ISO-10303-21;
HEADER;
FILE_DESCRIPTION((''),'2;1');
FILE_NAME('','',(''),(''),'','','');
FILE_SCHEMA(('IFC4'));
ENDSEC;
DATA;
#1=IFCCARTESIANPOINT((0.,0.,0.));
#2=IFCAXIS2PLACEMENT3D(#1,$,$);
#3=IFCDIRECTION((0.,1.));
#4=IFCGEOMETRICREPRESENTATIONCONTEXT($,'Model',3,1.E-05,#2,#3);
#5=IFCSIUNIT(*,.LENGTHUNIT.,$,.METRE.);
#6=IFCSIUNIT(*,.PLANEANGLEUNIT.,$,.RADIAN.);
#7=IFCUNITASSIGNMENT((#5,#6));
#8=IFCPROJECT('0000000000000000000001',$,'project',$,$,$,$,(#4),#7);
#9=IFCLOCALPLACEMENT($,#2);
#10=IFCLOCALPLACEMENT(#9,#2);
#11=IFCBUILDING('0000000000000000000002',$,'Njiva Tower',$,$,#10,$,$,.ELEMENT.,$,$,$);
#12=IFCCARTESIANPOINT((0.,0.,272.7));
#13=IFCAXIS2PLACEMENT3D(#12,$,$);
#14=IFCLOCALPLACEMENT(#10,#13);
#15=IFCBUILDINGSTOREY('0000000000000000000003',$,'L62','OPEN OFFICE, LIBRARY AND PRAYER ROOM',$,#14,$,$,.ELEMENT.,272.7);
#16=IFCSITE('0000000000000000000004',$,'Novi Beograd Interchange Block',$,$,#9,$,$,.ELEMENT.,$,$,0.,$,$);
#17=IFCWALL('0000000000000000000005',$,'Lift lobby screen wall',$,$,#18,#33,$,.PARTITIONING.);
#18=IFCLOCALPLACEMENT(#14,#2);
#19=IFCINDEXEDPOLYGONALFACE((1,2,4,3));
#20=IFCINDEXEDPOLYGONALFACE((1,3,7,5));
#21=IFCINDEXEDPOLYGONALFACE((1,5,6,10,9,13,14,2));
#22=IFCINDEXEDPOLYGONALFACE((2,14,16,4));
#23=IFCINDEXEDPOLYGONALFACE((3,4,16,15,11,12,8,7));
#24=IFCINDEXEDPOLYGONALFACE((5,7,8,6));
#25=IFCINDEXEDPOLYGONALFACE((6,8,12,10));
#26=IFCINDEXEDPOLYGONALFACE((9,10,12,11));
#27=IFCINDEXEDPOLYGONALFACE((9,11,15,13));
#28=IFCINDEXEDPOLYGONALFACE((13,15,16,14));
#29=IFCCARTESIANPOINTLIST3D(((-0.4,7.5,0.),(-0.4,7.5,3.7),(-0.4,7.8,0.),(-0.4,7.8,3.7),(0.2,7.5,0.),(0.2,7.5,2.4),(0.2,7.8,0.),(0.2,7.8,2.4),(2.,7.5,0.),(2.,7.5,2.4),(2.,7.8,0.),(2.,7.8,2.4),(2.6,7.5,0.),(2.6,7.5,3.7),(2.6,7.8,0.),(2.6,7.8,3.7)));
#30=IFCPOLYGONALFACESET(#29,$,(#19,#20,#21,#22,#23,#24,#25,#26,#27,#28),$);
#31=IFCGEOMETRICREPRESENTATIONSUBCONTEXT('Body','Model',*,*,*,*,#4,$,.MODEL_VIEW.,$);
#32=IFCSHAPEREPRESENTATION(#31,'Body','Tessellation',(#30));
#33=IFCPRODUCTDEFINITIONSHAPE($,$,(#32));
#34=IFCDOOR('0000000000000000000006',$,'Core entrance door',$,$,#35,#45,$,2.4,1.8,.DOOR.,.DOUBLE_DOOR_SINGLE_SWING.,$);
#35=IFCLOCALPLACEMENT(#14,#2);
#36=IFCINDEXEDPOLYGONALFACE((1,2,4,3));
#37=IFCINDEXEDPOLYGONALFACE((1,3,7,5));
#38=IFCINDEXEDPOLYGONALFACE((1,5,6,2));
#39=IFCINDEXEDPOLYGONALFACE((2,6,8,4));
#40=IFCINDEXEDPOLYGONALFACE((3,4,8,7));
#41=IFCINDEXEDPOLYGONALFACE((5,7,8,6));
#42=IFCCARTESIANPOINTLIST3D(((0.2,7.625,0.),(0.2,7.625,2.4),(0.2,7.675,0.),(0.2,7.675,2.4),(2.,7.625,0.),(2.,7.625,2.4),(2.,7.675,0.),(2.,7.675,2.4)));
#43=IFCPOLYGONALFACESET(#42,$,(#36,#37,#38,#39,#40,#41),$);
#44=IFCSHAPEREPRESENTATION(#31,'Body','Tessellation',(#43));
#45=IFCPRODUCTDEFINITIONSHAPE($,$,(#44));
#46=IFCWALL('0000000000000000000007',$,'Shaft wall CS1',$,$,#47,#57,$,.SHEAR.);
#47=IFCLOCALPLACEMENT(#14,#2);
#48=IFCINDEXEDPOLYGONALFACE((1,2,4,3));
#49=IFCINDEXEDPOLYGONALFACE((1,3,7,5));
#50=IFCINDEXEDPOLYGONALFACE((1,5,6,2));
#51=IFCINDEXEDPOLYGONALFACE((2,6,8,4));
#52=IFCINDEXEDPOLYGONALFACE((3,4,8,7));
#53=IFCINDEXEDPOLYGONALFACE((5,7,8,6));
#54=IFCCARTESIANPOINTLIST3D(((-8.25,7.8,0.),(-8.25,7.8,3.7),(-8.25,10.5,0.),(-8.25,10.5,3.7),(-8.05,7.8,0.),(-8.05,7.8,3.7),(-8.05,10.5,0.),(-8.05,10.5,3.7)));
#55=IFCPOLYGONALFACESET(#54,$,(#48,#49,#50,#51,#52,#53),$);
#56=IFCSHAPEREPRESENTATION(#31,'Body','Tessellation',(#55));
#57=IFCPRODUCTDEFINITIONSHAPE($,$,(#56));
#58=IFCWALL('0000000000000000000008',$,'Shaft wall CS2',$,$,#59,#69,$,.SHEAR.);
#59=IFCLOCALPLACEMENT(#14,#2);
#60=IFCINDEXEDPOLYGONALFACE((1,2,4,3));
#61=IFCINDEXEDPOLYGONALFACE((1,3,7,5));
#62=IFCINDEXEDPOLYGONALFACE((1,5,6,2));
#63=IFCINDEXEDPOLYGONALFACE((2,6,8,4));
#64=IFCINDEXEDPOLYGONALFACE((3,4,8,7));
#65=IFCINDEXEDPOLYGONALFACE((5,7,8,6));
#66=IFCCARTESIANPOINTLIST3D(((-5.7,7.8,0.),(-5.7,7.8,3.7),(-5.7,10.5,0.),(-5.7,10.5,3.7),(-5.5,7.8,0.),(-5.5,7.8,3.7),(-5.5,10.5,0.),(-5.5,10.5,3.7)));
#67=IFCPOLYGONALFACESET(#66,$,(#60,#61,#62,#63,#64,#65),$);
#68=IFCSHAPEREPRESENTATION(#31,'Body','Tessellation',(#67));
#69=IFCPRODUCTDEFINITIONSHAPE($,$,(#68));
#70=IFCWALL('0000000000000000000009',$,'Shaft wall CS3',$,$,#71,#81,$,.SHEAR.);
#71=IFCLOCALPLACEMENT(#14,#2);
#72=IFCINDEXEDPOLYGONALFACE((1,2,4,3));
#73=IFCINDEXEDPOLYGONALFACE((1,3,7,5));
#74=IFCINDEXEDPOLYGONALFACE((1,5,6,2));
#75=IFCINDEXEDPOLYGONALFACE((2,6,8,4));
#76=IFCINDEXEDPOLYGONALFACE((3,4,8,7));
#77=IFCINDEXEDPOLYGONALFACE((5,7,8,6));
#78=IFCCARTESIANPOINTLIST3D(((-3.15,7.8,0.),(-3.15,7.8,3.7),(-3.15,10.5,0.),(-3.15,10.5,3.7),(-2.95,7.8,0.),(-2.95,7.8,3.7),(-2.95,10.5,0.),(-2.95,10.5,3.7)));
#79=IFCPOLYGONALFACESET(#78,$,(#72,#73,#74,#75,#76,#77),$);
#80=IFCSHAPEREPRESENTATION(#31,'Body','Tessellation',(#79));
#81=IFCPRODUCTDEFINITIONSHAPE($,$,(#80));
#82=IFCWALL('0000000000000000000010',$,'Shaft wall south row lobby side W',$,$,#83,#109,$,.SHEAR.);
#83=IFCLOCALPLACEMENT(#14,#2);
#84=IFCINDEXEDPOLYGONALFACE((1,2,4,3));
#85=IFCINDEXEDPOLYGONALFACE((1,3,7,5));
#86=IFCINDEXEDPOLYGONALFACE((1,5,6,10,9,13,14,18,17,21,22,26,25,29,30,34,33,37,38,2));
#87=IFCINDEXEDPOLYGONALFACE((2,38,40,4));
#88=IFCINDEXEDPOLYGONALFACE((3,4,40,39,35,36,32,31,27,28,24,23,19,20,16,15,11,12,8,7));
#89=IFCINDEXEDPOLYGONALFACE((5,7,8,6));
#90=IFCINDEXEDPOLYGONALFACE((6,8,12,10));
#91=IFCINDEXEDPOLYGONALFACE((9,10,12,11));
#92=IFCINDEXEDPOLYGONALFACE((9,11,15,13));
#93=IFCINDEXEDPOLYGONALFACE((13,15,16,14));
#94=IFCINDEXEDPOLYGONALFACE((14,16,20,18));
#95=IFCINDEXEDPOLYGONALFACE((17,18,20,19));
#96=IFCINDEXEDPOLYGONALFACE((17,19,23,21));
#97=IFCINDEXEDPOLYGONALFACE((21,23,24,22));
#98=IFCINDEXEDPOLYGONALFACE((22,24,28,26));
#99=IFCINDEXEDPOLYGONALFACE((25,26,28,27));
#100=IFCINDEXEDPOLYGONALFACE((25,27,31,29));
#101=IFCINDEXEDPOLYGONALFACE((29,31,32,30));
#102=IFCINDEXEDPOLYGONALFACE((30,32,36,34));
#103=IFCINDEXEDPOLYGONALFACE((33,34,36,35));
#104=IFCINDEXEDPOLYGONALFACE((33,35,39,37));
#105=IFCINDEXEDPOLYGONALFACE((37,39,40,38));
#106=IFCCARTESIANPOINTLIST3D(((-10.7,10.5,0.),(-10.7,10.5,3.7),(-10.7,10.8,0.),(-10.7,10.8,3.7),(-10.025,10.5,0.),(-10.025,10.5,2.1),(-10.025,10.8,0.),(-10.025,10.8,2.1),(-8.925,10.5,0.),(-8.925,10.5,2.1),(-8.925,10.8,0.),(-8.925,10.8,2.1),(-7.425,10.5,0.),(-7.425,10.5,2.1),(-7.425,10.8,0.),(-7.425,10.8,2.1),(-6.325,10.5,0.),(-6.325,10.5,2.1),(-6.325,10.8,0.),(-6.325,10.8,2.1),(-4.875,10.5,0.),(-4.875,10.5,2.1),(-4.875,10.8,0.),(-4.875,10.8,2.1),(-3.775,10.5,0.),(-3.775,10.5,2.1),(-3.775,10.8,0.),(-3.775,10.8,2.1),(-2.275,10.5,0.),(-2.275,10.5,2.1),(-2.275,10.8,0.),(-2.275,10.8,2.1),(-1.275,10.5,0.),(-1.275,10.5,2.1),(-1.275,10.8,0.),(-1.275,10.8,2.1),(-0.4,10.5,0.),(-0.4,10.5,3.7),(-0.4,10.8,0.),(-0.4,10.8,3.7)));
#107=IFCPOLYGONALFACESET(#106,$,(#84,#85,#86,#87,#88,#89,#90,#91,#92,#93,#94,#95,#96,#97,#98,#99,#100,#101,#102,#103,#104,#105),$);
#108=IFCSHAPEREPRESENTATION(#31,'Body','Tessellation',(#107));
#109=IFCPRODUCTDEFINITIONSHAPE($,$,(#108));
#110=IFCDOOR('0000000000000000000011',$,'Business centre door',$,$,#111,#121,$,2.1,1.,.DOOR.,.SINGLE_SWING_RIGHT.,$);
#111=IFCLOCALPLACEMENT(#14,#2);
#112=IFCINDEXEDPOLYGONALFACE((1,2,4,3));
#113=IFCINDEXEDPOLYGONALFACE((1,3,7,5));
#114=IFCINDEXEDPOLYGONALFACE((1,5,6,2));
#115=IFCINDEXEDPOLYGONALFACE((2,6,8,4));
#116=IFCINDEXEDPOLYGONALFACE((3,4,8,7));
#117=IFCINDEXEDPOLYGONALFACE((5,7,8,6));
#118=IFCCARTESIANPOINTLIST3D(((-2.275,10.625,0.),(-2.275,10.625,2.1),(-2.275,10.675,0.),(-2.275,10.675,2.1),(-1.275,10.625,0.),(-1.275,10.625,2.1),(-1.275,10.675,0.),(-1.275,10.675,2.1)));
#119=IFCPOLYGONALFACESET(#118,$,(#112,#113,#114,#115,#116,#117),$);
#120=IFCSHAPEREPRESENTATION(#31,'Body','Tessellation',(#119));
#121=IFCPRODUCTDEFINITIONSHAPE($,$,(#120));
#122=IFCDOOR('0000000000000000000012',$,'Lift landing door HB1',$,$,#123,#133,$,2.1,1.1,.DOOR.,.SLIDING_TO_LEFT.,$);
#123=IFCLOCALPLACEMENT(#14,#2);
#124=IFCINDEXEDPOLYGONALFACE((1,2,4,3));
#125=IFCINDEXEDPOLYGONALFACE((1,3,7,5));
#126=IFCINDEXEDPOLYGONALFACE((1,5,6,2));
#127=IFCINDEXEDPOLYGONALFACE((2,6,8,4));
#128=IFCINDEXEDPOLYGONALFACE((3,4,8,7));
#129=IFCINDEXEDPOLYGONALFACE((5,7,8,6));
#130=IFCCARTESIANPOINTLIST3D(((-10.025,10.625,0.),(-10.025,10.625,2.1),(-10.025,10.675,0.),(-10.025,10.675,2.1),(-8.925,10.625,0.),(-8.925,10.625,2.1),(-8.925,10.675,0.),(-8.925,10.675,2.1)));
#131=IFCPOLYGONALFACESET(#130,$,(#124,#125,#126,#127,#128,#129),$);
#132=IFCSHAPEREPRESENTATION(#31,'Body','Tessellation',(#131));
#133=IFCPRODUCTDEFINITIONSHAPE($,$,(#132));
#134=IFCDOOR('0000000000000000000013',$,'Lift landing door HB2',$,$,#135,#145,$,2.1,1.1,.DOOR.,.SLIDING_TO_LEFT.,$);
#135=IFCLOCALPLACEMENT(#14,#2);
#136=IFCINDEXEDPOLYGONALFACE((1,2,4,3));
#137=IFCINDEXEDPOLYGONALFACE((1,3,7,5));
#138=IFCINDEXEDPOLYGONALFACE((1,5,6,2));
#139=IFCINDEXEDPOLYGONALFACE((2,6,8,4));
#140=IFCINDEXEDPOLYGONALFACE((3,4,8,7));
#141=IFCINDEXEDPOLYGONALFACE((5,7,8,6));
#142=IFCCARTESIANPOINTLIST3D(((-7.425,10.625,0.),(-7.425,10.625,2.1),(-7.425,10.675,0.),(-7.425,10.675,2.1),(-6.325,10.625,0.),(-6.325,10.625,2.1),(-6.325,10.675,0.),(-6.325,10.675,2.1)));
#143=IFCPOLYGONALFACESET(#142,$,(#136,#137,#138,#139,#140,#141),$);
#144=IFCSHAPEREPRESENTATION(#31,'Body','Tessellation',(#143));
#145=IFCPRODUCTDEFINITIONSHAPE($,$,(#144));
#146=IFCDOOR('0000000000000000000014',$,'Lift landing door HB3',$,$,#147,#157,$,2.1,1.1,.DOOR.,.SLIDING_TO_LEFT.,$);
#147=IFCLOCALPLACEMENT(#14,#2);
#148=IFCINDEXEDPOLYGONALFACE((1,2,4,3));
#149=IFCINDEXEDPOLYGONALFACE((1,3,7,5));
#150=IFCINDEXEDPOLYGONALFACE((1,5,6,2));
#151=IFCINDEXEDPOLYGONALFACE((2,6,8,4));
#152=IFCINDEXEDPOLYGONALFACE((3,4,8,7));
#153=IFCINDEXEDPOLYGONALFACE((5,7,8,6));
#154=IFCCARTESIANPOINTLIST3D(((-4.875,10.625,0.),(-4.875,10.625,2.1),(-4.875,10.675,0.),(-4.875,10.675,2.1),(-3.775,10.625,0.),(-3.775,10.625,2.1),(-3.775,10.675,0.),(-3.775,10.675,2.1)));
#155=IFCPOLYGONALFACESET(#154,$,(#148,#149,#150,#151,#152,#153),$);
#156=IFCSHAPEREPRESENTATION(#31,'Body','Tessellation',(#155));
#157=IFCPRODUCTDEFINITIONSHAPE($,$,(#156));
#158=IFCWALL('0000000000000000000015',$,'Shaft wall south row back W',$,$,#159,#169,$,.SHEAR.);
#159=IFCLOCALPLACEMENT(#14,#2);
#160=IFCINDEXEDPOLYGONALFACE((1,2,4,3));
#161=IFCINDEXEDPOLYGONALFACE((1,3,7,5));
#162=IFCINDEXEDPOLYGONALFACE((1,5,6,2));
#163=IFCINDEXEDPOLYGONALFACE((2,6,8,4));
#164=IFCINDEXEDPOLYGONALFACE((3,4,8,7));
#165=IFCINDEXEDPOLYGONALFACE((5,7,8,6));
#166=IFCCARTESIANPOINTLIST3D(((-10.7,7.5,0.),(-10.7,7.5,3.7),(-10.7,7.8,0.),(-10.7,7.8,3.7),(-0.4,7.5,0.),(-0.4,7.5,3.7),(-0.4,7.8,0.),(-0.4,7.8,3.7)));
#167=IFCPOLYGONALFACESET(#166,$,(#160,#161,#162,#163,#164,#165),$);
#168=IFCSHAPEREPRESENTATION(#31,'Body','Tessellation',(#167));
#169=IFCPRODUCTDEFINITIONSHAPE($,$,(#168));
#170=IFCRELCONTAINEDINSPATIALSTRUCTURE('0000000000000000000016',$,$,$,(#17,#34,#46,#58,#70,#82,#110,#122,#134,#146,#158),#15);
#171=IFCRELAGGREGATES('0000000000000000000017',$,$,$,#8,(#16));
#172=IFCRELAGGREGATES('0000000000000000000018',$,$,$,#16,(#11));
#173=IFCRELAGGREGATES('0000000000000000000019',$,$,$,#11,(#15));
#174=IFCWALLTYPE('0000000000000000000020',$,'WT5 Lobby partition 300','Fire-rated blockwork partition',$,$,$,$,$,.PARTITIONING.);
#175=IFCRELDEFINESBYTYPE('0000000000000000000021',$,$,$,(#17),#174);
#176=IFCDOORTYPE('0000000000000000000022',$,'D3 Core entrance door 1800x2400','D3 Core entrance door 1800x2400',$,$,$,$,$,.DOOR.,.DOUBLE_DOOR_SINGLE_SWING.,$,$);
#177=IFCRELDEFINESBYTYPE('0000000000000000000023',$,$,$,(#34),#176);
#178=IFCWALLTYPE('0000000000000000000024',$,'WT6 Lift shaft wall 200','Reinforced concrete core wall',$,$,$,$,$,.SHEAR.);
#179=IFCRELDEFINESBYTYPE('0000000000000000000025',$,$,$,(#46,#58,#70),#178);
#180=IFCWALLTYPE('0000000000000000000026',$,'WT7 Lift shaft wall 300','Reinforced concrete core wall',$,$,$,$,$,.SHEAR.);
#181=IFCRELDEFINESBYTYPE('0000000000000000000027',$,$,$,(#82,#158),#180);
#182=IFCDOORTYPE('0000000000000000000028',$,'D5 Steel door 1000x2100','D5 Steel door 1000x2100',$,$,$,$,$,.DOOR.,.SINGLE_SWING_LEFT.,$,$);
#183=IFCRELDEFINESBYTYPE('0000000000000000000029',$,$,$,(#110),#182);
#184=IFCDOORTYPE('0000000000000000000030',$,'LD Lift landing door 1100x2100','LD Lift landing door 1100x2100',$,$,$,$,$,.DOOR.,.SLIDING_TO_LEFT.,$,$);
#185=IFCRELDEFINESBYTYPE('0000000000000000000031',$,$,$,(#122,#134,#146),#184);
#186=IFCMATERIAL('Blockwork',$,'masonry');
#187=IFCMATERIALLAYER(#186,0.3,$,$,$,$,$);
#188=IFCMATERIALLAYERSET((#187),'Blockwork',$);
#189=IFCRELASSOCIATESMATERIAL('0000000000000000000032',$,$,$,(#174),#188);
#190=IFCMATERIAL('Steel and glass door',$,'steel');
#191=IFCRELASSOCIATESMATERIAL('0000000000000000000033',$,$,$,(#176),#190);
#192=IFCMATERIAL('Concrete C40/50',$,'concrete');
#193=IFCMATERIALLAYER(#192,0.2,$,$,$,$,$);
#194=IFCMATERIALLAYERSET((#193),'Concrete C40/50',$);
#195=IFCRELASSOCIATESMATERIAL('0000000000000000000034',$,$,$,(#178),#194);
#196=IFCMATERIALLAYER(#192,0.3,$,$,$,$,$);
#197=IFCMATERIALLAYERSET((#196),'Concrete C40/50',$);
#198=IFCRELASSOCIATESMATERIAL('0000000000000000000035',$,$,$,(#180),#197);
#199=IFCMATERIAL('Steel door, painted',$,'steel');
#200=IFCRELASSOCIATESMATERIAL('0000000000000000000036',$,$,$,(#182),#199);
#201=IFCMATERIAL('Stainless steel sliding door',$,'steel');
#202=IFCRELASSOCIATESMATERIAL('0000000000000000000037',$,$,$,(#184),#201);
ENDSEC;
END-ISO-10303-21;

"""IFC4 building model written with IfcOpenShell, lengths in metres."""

from ifc_helpers import new_model, si_unit, direction, frame, frame_2d, origin, place, context, subcontext, project, spatial, rectangle, extrude, material, layer, layer_set, type_object, element, fill, save


model = new_model("IFC4")

# Units and contexts
model_context = context("Model", 3, precision=1e-05, world=origin(), true_north=direction((0.0, 1.0)))
body_context = subcontext(model_context, "Body", "Model", "MODEL_VIEW")
ifc_project = project(units=[si_unit("LENGTHUNIT", "METRE"), si_unit("PLANEANGLEUNIT", "RADIAN")], contexts=[model_context])

# Site, building, storey
site_placement = place(None, origin())
site = spatial("IfcSite", under=ifc_project, at=site_placement, Name="Novi Beograd Interchange Block", CompositionType="ELEMENT", RefElevation=0.0)
building_placement = place(site_placement, origin())
building = spatial("IfcBuilding", under=site, at=building_placement, Name="Njiva Tower", CompositionType="ELEMENT")
storey_placement = place(building_placement, frame((0.0, 0.0, 272.7)))
storey = spatial("IfcBuildingStorey", under=building, at=storey_placement, Name="L62", Description="OPEN OFFICE, LIBRARY AND PRAYER ROOM", CompositionType="ELEMENT", Elevation=272.7)

# Shared definitions
ifc_material_1 = material(Name="Blockwork", Category="masonry")

# Shared definitions
ifc_material_2 = material(Name="Concrete C40/50", Category="concrete")
ifc_material_3 = material(Name="Steel door, painted", Category="steel")

# Wall, opening, door
ifc_layer_1 = layer(ifc_material_1, 0.3)
ifc_layer_set_1 = layer_set([ifc_layer_1], Name="Blockwork")
wall_type_1 = type_object("IfcWallType", Name="WT5 Lobby partition 300", Description="Fire-rated blockwork partition", PredefinedType="PARTITIONING", material=ifc_layer_set_1)
wall_1_placement = place(storey_placement, frame((-0.4, 7.65, 0.0), z_axis=(0.0, 0.0, 1.0), x_axis=(1.0, 0.0, 0.0)))
wall_1 = element("IfcWall", 1, at=wall_1_placement, inside=storey, type_object=wall_type_1, Name="Lift lobby screen wall", PredefinedType="PARTITIONING", context=body_context, shape_type="SweptSolid", body=[
    extrude(rectangle(XDim=3.0, YDim=0.3, at=frame_2d((1.5, 0.0))), origin(), (0.0, 0.0, 1.0), 3.7),
])
opening_1_placement = place(wall_1_placement, frame((0.6, 0.0, 0.0)))
opening_1 = element("IfcOpeningElement", 2, at=opening_1_placement, cuts=wall_1, PredefinedType="OPENING", context=body_context, shape_type="SweptSolid", body=[
    extrude(rectangle(XDim=1.8, YDim=2.4, at=frame_2d((0.9, 1.2))), frame((0.0, 0.16, 0.0), z_axis=(0.0, -1.0, 0.0), x_axis=(1.0, 0.0, 0.0)), (0.0, 0.0, 1.0), 0.32),
])
ifc_material_4 = material(Name="Steel and glass door", Category="steel")
door_type_1 = type_object("IfcDoorType", Name="D3 Core entrance door 1800x2400", Description="D3 Core entrance door 1800x2400", OperationType="DOUBLE_DOOR_SINGLE_SWING", PredefinedType="DOOR", material=ifc_material_4)
door_1_placement = place(opening_1_placement, origin())
door_1 = element("IfcDoor", 3, at=door_1_placement, inside=storey, type_object=door_type_1, Name="Core entrance door", OperationType="DOUBLE_DOOR_SINGLE_SWING", OverallHeight=2.4, OverallWidth=1.8, PredefinedType="DOOR", context=body_context, shape_type="SweptSolid", body=[
    extrude(rectangle(XDim=1.8, YDim=2.4, at=frame_2d((0.9, 1.2))), frame((0.0, 0.025, 0.0), z_axis=(0.0, -1.0, 0.0), x_axis=(1.0, 0.0, 0.0)), (0.0, 0.0, 1.0), 0.05),
])
fill(opening_1, door_1)

# Walls
ifc_layer_2 = layer(ifc_material_2, 0.2)
ifc_layer_set_2 = layer_set([ifc_layer_2], Name="Concrete C40/50")
wall_type_2 = type_object("IfcWallType", Name="WT6 Lift shaft wall 200", Description="Reinforced concrete core wall", PredefinedType="SHEAR", material=ifc_layer_set_2)
for number, where, z_axis, x_axis, name in (
    (4, (-8.15, 7.8, 0.0), (0.0, 0.0, 1.0), (0.0, 1.0, 0.0), "Shaft wall CS1"),
    (5, (-5.6, 7.8, 0.0), (0.0, 0.0, 1.0), (0.0, 1.0, 0.0), "Shaft wall CS2"),
    (6, (-3.05, 7.8, 0.0), (0.0, 0.0, 1.0), (0.0, 1.0, 0.0), "Shaft wall CS3"),
):
    element("IfcWall", number, at=place(storey_placement, frame(where, z_axis=z_axis, x_axis=x_axis)), inside=storey, type_object=wall_type_2, Name=name, PredefinedType="SHEAR", context=body_context, shape_type="SweptSolid", body=[
        extrude(rectangle(XDim=2.7, YDim=0.2, at=frame_2d((1.35, 0.0))), origin(), (0.0, 0.0, 1.0), 3.7),
    ])

# Wall, openings, doors
ifc_layer_3 = layer(ifc_material_2, 0.3)
ifc_layer_set_3 = layer_set([ifc_layer_3], Name="Concrete C40/50")
wall_type_3 = type_object("IfcWallType", Name="WT7 Lift shaft wall 300", Description="Reinforced concrete core wall", PredefinedType="SHEAR", material=ifc_layer_set_3)
wall_2_placement = place(storey_placement, frame((-10.7, 10.65, 0.0), z_axis=(0.0, 0.0, 1.0), x_axis=(1.0, 0.0, 0.0)))
wall_2 = element("IfcWall", 7, at=wall_2_placement, inside=storey, type_object=wall_type_3, Name="Shaft wall south row lobby side W", PredefinedType="SHEAR", context=body_context, shape_type="SweptSolid", body=[
    extrude(rectangle(XDim=10.3, YDim=0.3, at=frame_2d((5.15, 0.0))), origin(), (0.0, 0.0, 1.0), 3.7),
])
opening_2_placement = place(wall_2_placement, frame((0.675, 0.0, 0.0)))
opening_2 = element("IfcOpeningElement", 8, at=opening_2_placement, cuts=wall_2, PredefinedType="OPENING", context=body_context, shape_type="SweptSolid", body=[
    extrude(rectangle(XDim=1.1, YDim=2.1, at=frame_2d((0.55, 1.05))), frame((0.0, 0.16, 0.0), z_axis=(0.0, -1.0, 0.0), x_axis=(1.0, 0.0, 0.0)), (0.0, 0.0, 1.0), 0.32),
])
opening_3_placement = place(wall_2_placement, frame((3.275, 0.0, 0.0)))
opening_3 = element("IfcOpeningElement", 9, at=opening_3_placement, cuts=wall_2, PredefinedType="OPENING", context=body_context, shape_type="SweptSolid", body=[
    extrude(rectangle(XDim=1.1, YDim=2.1, at=frame_2d((0.55, 1.05))), frame((0.0, 0.16, 0.0), z_axis=(0.0, -1.0, 0.0), x_axis=(1.0, 0.0, 0.0)), (0.0, 0.0, 1.0), 0.32),
])
opening_4_placement = place(wall_2_placement, frame((5.825, 0.0, 0.0)))
opening_4 = element("IfcOpeningElement", 10, at=opening_4_placement, cuts=wall_2, PredefinedType="OPENING", context=body_context, shape_type="SweptSolid", body=[
    extrude(rectangle(XDim=1.1, YDim=2.1, at=frame_2d((0.55, 1.05))), frame((0.0, 0.16, 0.0), z_axis=(0.0, -1.0, 0.0), x_axis=(1.0, 0.0, 0.0)), (0.0, 0.0, 1.0), 0.32),
])
opening_5_placement = place(wall_2_placement, frame((8.425, 0.0, 0.0)))
opening_5 = element("IfcOpeningElement", 11, at=opening_5_placement, cuts=wall_2, PredefinedType="OPENING", context=body_context, shape_type="SweptSolid", body=[
    extrude(rectangle(XDim=1.0, YDim=2.1, at=frame_2d((0.5, 1.05))), frame((0.0, 0.16, 0.0), z_axis=(0.0, -1.0, 0.0), x_axis=(1.0, 0.0, 0.0)), (0.0, 0.0, 1.0), 0.32),
])
door_type_2 = type_object("IfcDoorType", Name="D5 Steel door 1000x2100", Description="D5 Steel door 1000x2100", OperationType="SINGLE_SWING_LEFT", PredefinedType="DOOR", material=ifc_material_3)
door_2_placement = place(opening_5_placement, origin())
door_2 = element("IfcDoor", 12, at=door_2_placement, inside=storey, type_object=door_type_2, Name="Business centre door", OperationType="SINGLE_SWING_RIGHT", OverallHeight=2.1, OverallWidth=1.0, PredefinedType="DOOR", context=body_context, shape_type="SweptSolid", body=[
    extrude(rectangle(XDim=1.0, YDim=2.1, at=frame_2d((0.5, 1.05))), frame((0.0, 0.025, 0.0), z_axis=(0.0, -1.0, 0.0), x_axis=(1.0, 0.0, 0.0)), (0.0, 0.0, 1.0), 0.05),
])
fill(opening_5, door_2)
ifc_material_5 = material(Name="Stainless steel sliding door", Category="steel")
door_type_3 = type_object("IfcDoorType", Name="LD Lift landing door 1100x2100", Description="LD Lift landing door 1100x2100", OperationType="SLIDING_TO_LEFT", PredefinedType="DOOR", material=ifc_material_5)
door_3_placement = place(opening_2_placement, origin())
door_3 = element("IfcDoor", 13, at=door_3_placement, inside=storey, type_object=door_type_3, Name="Lift landing door HB1", OperationType="SLIDING_TO_LEFT", OverallHeight=2.1, OverallWidth=1.1, PredefinedType="DOOR", context=body_context, shape_type="SweptSolid", body=[
    extrude(rectangle(XDim=1.1, YDim=2.1, at=frame_2d((0.55, 1.05))), frame((0.0, 0.025, 0.0), z_axis=(0.0, -1.0, 0.0), x_axis=(1.0, 0.0, 0.0)), (0.0, 0.0, 1.0), 0.05),
])
fill(opening_2, door_3)
door_4_placement = place(opening_3_placement, origin())
door_4 = element("IfcDoor", 14, at=door_4_placement, inside=storey, type_object=door_type_3, Name="Lift landing door HB2", OperationType="SLIDING_TO_LEFT", OverallHeight=2.1, OverallWidth=1.1, PredefinedType="DOOR", context=body_context, shape_type="SweptSolid", body=[
    extrude(rectangle(XDim=1.1, YDim=2.1, at=frame_2d((0.55, 1.05))), frame((0.0, 0.025, 0.0), z_axis=(0.0, -1.0, 0.0), x_axis=(1.0, 0.0, 0.0)), (0.0, 0.0, 1.0), 0.05),
])
fill(opening_3, door_4)
door_5_placement = place(opening_4_placement, origin())
door_5 = element("IfcDoor", 15, at=door_5_placement, inside=storey, type_object=door_type_3, Name="Lift landing door HB3", OperationType="SLIDING_TO_LEFT", OverallHeight=2.1, OverallWidth=1.1, PredefinedType="DOOR", context=body_context, shape_type="SweptSolid", body=[
    extrude(rectangle(XDim=1.1, YDim=2.1, at=frame_2d((0.55, 1.05))), frame((0.0, 0.025, 0.0), z_axis=(0.0, -1.0, 0.0), x_axis=(1.0, 0.0, 0.0)), (0.0, 0.0, 1.0), 0.05),
])
fill(opening_4, door_5)

# Wall
wall_3_placement = place(storey_placement, frame((-10.7, 7.65, 0.0), z_axis=(0.0, 0.0, 1.0), x_axis=(1.0, 0.0, 0.0)))
element("IfcWall", 16, at=wall_3_placement, inside=storey, type_object=wall_type_3, Name="Shaft wall south row back W", PredefinedType="SHEAR", context=body_context, shape_type="SweptSolid", body=[
    extrude(rectangle(XDim=10.3, YDim=0.3, at=frame_2d((5.15, 0.0))), origin(), (0.0, 0.0, 1.0), 3.7),
])

save(model, "model.ifc")
